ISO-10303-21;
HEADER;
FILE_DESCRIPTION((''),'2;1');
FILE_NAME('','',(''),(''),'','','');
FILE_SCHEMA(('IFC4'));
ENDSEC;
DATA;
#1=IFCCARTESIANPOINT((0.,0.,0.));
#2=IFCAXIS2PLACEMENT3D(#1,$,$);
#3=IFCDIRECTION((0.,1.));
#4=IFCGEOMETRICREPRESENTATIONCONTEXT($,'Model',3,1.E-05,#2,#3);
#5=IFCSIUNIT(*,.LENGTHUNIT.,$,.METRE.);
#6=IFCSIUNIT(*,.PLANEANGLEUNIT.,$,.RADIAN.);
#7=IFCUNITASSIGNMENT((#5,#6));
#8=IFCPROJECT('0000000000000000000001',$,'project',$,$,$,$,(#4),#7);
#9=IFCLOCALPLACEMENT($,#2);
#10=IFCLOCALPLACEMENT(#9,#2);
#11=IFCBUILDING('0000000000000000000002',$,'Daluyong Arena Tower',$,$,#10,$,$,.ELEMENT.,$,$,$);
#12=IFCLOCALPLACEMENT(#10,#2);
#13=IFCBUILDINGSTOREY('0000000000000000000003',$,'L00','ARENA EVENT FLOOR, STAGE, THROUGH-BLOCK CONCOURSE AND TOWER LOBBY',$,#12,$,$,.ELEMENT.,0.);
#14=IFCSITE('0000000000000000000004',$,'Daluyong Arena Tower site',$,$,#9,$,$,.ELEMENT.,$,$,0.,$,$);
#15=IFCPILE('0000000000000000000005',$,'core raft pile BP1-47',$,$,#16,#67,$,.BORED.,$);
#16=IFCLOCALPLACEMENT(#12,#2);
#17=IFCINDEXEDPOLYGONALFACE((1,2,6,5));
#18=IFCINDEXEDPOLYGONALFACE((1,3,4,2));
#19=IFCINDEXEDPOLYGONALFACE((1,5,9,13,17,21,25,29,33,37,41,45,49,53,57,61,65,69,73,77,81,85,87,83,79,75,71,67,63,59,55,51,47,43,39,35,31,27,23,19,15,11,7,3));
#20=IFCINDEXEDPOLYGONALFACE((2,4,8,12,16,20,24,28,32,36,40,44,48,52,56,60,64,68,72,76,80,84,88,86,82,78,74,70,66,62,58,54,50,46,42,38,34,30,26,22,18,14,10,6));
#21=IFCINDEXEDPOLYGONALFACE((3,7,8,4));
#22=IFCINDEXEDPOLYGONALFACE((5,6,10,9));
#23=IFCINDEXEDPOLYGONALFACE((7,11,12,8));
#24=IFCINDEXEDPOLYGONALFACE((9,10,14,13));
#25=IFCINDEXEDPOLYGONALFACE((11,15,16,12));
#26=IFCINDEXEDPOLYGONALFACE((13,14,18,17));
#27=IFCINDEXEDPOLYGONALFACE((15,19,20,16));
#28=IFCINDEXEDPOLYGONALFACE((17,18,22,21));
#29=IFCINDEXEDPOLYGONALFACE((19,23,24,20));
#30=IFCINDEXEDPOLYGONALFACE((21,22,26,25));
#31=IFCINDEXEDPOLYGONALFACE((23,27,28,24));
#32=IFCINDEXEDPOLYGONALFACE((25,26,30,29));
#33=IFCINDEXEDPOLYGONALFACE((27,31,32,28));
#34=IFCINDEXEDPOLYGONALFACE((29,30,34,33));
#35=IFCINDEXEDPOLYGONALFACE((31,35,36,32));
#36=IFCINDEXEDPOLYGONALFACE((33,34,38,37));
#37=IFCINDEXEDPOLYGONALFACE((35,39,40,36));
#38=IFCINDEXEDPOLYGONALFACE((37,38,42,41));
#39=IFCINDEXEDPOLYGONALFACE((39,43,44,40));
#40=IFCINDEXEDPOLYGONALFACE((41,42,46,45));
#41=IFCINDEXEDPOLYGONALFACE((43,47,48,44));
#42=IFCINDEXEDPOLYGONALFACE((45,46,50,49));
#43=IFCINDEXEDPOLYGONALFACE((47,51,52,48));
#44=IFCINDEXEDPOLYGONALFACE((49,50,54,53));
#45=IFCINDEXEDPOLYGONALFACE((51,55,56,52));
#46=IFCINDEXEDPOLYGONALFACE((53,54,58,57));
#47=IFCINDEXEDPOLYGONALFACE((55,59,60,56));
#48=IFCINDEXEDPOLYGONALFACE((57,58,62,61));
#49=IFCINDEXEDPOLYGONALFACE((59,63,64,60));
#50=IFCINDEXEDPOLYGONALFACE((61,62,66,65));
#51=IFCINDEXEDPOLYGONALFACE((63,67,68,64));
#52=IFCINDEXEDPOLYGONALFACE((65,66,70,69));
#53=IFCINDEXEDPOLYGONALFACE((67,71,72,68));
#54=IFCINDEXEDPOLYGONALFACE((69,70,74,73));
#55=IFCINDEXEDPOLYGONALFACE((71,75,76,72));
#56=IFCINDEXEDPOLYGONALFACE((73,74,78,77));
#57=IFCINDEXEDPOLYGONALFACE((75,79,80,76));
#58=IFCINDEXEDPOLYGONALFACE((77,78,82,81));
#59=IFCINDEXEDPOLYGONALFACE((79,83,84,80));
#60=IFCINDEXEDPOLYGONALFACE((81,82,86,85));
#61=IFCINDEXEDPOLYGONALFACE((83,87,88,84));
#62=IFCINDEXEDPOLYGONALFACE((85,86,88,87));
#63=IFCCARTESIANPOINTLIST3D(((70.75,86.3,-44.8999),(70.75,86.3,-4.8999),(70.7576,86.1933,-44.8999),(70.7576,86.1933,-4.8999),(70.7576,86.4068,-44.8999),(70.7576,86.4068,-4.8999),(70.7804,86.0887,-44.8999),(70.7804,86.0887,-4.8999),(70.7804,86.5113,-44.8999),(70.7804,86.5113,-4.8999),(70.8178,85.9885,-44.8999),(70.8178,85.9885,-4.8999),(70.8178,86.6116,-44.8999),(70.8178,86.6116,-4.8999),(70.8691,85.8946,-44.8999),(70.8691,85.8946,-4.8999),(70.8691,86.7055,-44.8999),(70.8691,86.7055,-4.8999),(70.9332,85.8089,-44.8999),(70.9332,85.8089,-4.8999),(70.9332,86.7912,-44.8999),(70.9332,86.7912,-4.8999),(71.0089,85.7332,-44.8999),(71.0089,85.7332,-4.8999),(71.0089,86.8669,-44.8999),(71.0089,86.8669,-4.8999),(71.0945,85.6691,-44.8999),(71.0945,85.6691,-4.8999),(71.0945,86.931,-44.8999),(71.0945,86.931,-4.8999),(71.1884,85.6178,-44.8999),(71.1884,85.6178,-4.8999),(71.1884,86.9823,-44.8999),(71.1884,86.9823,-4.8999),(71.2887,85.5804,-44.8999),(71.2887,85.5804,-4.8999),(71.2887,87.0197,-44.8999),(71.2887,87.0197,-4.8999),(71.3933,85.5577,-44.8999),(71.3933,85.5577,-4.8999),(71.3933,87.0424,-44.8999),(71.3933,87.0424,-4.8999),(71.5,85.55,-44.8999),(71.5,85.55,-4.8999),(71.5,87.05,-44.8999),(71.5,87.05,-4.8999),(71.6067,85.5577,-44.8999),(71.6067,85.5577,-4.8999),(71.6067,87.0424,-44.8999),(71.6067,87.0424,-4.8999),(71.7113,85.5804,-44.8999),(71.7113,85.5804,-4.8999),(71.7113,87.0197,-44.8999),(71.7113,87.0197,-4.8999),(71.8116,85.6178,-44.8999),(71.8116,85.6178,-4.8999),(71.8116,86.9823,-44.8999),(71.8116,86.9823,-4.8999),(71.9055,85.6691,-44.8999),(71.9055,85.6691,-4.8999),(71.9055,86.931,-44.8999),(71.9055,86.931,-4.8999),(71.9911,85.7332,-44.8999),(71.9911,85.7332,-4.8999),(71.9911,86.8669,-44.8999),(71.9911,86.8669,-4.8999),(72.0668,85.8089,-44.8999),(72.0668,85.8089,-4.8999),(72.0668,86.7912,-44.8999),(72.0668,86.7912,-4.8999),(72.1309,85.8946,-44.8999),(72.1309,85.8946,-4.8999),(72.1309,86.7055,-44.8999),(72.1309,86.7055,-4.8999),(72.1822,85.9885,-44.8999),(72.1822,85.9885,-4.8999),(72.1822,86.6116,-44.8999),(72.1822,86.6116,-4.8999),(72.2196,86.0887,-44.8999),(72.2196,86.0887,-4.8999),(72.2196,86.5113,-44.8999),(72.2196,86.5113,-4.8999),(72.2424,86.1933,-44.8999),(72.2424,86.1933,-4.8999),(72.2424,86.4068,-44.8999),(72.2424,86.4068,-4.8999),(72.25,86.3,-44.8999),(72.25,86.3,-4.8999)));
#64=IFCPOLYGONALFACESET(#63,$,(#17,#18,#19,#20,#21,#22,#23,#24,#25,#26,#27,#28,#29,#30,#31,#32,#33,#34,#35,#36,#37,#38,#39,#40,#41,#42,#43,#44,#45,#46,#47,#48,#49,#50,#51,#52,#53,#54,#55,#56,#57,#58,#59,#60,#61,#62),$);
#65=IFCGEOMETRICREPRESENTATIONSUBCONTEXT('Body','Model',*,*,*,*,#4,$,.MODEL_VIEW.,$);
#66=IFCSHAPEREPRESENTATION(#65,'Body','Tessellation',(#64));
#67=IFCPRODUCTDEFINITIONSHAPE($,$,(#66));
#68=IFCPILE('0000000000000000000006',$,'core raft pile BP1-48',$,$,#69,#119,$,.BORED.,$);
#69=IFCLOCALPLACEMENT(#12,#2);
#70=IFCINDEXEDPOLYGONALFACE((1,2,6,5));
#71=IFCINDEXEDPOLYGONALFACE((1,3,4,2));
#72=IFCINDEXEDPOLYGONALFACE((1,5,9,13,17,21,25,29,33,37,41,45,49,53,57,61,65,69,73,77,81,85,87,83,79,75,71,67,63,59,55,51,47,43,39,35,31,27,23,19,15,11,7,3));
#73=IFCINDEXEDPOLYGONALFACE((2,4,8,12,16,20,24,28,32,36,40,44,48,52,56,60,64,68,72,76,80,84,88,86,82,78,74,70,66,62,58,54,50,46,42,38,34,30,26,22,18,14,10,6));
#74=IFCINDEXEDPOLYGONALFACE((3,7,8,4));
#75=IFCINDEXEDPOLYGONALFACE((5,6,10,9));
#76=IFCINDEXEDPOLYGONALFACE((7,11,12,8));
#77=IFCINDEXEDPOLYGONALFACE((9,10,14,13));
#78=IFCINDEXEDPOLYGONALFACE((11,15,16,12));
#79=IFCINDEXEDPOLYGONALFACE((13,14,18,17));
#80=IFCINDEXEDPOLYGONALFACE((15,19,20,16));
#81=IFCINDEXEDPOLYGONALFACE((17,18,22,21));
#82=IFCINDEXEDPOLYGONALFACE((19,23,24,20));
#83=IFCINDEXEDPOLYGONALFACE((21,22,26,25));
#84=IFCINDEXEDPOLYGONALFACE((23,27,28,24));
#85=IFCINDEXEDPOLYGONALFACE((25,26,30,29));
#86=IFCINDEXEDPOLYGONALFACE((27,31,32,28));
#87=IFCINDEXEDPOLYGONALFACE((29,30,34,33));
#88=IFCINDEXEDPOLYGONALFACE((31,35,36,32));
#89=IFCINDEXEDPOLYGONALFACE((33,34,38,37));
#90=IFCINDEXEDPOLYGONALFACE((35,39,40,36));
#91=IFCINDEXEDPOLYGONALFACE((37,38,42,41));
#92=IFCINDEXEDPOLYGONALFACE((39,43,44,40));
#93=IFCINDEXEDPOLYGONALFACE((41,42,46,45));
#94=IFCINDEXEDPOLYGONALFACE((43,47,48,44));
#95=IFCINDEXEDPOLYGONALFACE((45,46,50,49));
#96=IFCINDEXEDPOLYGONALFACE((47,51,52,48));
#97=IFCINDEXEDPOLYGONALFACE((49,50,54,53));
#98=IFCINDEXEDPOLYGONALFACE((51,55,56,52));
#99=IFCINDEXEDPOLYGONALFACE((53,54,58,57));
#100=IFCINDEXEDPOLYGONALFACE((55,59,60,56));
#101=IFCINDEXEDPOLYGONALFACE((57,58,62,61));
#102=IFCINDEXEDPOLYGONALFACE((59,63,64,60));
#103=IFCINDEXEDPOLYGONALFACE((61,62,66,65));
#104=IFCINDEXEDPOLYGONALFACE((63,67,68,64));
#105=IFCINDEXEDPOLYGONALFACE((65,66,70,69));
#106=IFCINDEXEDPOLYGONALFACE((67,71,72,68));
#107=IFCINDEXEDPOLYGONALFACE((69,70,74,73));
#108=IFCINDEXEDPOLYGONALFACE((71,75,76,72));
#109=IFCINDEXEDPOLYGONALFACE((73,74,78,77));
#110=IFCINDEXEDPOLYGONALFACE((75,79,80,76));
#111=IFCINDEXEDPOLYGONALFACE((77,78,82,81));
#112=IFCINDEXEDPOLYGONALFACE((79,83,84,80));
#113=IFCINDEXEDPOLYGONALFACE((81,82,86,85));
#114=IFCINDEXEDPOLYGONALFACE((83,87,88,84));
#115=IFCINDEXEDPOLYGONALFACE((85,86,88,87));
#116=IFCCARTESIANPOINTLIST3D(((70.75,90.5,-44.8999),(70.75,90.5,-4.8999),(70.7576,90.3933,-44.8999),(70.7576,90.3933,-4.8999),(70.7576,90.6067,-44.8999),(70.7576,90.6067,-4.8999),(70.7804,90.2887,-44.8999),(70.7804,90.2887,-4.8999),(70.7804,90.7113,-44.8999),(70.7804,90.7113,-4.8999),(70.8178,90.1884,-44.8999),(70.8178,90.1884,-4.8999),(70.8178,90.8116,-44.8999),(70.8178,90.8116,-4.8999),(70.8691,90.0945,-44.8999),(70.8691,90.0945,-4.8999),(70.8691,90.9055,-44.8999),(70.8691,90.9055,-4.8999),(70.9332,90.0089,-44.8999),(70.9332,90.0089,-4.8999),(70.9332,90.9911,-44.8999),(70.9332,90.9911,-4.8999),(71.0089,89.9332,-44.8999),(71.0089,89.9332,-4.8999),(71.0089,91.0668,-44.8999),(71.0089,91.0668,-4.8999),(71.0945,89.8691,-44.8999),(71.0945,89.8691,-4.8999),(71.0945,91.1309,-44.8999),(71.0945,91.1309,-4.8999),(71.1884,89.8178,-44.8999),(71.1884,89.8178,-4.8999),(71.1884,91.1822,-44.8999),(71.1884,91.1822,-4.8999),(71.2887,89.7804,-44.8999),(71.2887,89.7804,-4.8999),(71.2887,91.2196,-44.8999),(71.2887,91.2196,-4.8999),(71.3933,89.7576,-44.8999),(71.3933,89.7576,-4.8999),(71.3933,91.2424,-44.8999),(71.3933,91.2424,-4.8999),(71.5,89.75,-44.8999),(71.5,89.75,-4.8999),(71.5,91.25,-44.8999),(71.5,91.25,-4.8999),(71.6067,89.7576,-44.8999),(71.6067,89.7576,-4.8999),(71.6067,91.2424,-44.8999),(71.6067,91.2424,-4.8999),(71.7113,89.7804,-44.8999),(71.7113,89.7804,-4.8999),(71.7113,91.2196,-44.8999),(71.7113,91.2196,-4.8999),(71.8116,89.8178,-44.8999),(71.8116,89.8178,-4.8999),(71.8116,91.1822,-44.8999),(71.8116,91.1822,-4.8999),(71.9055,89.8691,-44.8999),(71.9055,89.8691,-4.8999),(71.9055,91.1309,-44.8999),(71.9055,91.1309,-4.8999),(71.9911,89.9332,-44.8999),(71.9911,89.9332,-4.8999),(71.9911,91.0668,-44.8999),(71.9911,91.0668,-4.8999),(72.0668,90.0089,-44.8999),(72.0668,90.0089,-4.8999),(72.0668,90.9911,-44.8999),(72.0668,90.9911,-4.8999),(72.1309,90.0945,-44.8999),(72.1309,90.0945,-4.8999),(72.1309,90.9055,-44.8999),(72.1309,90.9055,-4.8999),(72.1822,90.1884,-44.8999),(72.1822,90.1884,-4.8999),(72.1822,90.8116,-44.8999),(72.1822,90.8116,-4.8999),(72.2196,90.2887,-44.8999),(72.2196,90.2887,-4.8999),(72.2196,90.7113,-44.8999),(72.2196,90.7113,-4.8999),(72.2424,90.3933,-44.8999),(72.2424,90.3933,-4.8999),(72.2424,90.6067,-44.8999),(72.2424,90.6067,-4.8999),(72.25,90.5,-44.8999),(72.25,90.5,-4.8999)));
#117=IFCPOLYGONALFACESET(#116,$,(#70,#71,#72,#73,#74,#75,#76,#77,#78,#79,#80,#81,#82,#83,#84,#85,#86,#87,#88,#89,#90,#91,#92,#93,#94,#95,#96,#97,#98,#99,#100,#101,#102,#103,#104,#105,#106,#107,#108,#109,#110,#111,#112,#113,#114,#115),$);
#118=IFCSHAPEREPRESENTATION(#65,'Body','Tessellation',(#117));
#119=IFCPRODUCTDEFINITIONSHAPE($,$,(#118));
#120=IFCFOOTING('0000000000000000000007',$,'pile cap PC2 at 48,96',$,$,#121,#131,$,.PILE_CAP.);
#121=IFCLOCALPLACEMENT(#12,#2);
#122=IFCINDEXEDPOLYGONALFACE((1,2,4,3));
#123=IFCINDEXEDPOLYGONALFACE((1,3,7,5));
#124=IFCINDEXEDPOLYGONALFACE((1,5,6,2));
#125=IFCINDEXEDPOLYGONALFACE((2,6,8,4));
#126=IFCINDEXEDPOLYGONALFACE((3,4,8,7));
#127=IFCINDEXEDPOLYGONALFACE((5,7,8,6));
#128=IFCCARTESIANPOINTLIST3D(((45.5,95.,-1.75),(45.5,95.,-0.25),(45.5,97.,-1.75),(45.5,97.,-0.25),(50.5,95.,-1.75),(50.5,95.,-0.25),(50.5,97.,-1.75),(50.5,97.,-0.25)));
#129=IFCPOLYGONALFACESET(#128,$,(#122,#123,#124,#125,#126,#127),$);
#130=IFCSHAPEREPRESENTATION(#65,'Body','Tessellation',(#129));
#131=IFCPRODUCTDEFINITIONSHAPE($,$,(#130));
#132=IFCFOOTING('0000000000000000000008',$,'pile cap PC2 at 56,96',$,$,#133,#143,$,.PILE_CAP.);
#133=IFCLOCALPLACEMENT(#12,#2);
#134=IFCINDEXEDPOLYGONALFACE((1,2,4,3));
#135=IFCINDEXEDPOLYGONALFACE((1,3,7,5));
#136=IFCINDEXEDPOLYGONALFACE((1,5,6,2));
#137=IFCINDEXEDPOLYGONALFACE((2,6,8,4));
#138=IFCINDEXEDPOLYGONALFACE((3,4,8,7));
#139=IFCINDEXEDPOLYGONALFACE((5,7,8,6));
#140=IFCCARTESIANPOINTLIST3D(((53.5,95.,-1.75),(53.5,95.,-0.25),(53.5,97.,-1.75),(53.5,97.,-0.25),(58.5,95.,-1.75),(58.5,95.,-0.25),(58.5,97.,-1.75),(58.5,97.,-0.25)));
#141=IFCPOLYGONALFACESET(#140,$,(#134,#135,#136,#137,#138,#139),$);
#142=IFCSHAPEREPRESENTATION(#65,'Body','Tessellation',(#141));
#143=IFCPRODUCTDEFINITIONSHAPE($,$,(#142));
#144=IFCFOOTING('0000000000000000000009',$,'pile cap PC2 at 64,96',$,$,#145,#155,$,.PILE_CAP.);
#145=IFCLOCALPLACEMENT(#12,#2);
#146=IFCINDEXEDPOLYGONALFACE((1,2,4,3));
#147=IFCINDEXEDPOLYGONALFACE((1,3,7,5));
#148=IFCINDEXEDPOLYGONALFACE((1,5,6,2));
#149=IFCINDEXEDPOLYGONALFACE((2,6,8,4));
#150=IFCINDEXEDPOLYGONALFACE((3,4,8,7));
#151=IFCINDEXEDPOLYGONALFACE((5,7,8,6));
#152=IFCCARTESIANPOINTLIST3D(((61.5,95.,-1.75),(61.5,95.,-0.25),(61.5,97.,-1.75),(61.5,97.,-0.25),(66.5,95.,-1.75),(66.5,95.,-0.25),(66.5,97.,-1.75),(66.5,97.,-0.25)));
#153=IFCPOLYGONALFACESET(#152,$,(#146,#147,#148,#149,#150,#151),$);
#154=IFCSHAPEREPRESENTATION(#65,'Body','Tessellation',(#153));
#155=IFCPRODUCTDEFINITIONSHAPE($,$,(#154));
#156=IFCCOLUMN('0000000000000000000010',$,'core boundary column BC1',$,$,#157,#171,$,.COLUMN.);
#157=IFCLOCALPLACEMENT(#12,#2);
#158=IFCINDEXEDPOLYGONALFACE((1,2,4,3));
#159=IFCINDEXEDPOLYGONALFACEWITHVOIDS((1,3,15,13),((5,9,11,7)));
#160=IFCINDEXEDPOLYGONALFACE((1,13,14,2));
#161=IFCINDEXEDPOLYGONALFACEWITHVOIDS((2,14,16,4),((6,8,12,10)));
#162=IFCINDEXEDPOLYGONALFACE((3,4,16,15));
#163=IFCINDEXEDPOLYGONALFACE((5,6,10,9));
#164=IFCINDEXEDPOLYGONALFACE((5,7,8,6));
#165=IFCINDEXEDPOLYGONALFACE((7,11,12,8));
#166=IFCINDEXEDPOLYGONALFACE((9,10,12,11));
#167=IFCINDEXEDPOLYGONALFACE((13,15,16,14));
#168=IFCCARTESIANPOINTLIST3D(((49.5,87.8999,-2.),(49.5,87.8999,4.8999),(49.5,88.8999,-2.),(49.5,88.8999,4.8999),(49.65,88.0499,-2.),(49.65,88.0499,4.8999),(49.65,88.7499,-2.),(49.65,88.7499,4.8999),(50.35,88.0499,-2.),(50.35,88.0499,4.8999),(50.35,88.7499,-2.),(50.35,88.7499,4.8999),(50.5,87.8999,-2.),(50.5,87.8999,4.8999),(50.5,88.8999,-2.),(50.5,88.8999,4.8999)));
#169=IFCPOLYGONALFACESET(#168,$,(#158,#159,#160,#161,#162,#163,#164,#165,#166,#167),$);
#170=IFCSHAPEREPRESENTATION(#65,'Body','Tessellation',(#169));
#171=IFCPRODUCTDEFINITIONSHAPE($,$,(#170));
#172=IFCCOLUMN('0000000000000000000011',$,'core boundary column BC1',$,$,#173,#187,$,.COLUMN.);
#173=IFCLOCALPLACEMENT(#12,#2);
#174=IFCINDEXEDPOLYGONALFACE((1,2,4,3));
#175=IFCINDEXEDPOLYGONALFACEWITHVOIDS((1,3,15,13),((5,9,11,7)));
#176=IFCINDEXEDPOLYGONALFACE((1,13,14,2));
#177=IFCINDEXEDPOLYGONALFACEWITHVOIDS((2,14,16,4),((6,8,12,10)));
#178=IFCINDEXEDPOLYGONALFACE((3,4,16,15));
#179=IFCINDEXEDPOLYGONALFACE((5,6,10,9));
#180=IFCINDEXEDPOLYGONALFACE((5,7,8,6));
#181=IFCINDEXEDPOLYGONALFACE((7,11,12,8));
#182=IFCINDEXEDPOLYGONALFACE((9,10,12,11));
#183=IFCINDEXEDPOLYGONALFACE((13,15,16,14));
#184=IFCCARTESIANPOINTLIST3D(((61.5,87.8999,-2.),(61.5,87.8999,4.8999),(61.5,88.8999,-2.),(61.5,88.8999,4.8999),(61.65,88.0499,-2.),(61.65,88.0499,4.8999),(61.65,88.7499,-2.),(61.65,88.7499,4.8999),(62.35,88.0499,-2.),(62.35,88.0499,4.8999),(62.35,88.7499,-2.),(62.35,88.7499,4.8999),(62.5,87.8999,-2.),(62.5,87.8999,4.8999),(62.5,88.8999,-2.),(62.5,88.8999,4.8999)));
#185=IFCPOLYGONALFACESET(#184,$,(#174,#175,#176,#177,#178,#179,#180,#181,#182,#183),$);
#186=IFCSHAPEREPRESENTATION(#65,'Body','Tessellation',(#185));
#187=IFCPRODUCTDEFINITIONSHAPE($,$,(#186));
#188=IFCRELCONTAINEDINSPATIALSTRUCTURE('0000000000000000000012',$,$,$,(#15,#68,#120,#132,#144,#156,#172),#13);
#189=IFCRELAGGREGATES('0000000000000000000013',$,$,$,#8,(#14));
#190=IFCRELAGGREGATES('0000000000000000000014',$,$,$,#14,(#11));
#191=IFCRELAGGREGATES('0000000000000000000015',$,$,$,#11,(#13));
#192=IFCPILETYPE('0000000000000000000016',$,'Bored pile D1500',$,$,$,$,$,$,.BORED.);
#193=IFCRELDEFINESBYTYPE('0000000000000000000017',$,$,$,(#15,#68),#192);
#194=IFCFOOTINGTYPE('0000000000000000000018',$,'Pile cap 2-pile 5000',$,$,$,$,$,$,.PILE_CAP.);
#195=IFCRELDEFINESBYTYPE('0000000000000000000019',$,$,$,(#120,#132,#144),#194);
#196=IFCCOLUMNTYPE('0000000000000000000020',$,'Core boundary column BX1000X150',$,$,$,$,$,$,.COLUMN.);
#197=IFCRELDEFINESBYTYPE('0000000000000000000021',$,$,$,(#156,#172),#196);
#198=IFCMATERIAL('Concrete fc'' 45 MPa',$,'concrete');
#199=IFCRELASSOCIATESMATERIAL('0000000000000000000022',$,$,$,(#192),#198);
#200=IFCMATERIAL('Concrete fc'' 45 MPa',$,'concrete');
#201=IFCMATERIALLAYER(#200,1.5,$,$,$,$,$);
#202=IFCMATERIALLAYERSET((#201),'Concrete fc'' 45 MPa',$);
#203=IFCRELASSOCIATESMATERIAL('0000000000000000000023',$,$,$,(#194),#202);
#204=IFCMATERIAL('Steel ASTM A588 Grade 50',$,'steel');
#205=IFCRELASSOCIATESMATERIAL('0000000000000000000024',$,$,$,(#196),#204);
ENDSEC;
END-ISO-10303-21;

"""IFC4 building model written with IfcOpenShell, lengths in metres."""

from ifc_helpers import new_model, si_unit, direction, frame, origin, origin_2d, place, context, subcontext, project, spatial, rectangle, hollow_rectangle, circle, extrude, material, layer, layer_set, material_profile, profile_set, type_object, element, save


model = new_model("IFC4")

# Units and contexts
model_context = context("Model", 3, precision=1e-05, world=origin(), true_north=direction((0.0, 1.0)))
body_context = subcontext(model_context, "Body", "Model", "MODEL_VIEW")
ifc_project = project(units=[si_unit("LENGTHUNIT", "METRE"), si_unit("PLANEANGLEUNIT", "RADIAN")], contexts=[model_context])

# Site, building, storey
site_placement = place(None, origin())
site = spatial("IfcSite", under=ifc_project, at=site_placement, Name="Daluyong Arena Tower site", CompositionType="ELEMENT", RefElevation=0.0)
building_placement = place(site_placement, origin())
building = spatial("IfcBuilding", under=site, at=building_placement, Name="Daluyong Arena Tower", CompositionType="ELEMENT")
storey_placement = place(building_placement, origin())
storey = spatial("IfcBuildingStorey", under=building, at=storey_placement, Name="L00", Description="ARENA EVENT FLOOR, STAGE, THROUGH-BLOCK CONCOURSE AND TOWER LOBBY", CompositionType="ELEMENT", Elevation=0.0)

# Piles
ifc_material_1 = material(Name="Concrete fc' 45 MPa", Category="concrete")
pile_type_1 = type_object("IfcPileType", Name="Bored pile D1500", PredefinedType="BORED", material=ifc_material_1)
for number, where, z_axis, x_axis, name in (
    (1, (71.5, 86.3, -4.8999), (0.0, 0.0, -1.0), (1.0, 0.0, 0.0), "core raft pile BP1-47"),
    (2, (71.5, 90.5, -4.8999), (0.0, 0.0, -1.0), (1.0, 0.0, 0.0), "core raft pile BP1-48"),
):
    element("IfcPile", number, at=place(storey_placement, frame(where, z_axis=z_axis, x_axis=x_axis)), inside=storey, type_object=pile_type_1, Name=name, PredefinedType="BORED", context=body_context, shape_type="SweptSolid", body=[
        extrude(circle(Radius=0.75, at=origin_2d()), origin(), (0.0, 0.0, 1.0), 40.0),
    ])

# Footings
ifc_material_2 = material(Name="Concrete fc' 45 MPa", Category="concrete")
ifc_layer_1 = layer(ifc_material_2, 1.5)
ifc_layer_set_1 = layer_set([ifc_layer_1], Name="Concrete fc' 45 MPa")
footing_type = type_object("IfcFootingType", Name="Pile cap 2-pile 5000", PredefinedType="PILE_CAP", material=ifc_layer_set_1)
for number, where, z_axis, x_axis, name in (
    (3, (48.0, 96.0, -1.75), (0.0, 0.0, 1.0), (1.0, 0.0, 0.0), "pile cap PC2 at 48,96"),
    (4, (56.0, 96.0, -1.75), (0.0, 0.0, 1.0), (1.0, 0.0, 0.0), "pile cap PC2 at 56,96"),
    (5, (64.0, 96.0, -1.75), (0.0, 0.0, 1.0), (1.0, 0.0, 0.0), "pile cap PC2 at 64,96"),
):
    element("IfcFooting", number, at=place(storey_placement, frame(where, z_axis=z_axis, x_axis=x_axis)), inside=storey, type_object=footing_type, Name=name, PredefinedType="PILE_CAP", context=body_context, shape_type="SweptSolid", body=[
        extrude(rectangle(XDim=5.0, YDim=2.0, at=origin_2d()), origin(), (0.0, 0.0, 1.0), 1.5),
    ])

# Columns
ifc_material_3 = material(Name="Steel ASTM A588 Grade 50", Category="steel")
ifc_material_profile_1 = material_profile(ifc_material_3, hollow_rectangle(XDim=1.0, YDim=1.0, WallThickness=0.15, at=origin_2d()))
ifc_profile_set_1 = profile_set([ifc_material_profile_1], Name="Steel ASTM A588 Grade 50")
column_type_1 = type_object("IfcColumnType", Name="Core boundary column BX1000X150", PredefinedType="COLUMN", material=ifc_profile_set_1)
for number, where, z_axis, x_axis, name in (
    (6, (50.0, 88.3999, -2.0), (0.0, 0.0, 1.0), (1.0, 0.0, 0.0), "core boundary column BC1"),
    (7, (62.0, 88.3999, -2.0), (0.0, 0.0, 1.0), (1.0, 0.0, 0.0), "core boundary column BC1"),
):
    element("IfcColumn", number, at=place(storey_placement, frame(where, z_axis=z_axis, x_axis=x_axis)), inside=storey, type_object=column_type_1, Name=name, PredefinedType="COLUMN", context=body_context, shape_type="SweptSolid", body=[
        extrude(hollow_rectangle(XDim=1.0, YDim=1.0, WallThickness=0.15, at=origin_2d()), origin(), (0.0, 0.0, 1.0), 6.8999),
    ])

save(model, "model.ifc")
